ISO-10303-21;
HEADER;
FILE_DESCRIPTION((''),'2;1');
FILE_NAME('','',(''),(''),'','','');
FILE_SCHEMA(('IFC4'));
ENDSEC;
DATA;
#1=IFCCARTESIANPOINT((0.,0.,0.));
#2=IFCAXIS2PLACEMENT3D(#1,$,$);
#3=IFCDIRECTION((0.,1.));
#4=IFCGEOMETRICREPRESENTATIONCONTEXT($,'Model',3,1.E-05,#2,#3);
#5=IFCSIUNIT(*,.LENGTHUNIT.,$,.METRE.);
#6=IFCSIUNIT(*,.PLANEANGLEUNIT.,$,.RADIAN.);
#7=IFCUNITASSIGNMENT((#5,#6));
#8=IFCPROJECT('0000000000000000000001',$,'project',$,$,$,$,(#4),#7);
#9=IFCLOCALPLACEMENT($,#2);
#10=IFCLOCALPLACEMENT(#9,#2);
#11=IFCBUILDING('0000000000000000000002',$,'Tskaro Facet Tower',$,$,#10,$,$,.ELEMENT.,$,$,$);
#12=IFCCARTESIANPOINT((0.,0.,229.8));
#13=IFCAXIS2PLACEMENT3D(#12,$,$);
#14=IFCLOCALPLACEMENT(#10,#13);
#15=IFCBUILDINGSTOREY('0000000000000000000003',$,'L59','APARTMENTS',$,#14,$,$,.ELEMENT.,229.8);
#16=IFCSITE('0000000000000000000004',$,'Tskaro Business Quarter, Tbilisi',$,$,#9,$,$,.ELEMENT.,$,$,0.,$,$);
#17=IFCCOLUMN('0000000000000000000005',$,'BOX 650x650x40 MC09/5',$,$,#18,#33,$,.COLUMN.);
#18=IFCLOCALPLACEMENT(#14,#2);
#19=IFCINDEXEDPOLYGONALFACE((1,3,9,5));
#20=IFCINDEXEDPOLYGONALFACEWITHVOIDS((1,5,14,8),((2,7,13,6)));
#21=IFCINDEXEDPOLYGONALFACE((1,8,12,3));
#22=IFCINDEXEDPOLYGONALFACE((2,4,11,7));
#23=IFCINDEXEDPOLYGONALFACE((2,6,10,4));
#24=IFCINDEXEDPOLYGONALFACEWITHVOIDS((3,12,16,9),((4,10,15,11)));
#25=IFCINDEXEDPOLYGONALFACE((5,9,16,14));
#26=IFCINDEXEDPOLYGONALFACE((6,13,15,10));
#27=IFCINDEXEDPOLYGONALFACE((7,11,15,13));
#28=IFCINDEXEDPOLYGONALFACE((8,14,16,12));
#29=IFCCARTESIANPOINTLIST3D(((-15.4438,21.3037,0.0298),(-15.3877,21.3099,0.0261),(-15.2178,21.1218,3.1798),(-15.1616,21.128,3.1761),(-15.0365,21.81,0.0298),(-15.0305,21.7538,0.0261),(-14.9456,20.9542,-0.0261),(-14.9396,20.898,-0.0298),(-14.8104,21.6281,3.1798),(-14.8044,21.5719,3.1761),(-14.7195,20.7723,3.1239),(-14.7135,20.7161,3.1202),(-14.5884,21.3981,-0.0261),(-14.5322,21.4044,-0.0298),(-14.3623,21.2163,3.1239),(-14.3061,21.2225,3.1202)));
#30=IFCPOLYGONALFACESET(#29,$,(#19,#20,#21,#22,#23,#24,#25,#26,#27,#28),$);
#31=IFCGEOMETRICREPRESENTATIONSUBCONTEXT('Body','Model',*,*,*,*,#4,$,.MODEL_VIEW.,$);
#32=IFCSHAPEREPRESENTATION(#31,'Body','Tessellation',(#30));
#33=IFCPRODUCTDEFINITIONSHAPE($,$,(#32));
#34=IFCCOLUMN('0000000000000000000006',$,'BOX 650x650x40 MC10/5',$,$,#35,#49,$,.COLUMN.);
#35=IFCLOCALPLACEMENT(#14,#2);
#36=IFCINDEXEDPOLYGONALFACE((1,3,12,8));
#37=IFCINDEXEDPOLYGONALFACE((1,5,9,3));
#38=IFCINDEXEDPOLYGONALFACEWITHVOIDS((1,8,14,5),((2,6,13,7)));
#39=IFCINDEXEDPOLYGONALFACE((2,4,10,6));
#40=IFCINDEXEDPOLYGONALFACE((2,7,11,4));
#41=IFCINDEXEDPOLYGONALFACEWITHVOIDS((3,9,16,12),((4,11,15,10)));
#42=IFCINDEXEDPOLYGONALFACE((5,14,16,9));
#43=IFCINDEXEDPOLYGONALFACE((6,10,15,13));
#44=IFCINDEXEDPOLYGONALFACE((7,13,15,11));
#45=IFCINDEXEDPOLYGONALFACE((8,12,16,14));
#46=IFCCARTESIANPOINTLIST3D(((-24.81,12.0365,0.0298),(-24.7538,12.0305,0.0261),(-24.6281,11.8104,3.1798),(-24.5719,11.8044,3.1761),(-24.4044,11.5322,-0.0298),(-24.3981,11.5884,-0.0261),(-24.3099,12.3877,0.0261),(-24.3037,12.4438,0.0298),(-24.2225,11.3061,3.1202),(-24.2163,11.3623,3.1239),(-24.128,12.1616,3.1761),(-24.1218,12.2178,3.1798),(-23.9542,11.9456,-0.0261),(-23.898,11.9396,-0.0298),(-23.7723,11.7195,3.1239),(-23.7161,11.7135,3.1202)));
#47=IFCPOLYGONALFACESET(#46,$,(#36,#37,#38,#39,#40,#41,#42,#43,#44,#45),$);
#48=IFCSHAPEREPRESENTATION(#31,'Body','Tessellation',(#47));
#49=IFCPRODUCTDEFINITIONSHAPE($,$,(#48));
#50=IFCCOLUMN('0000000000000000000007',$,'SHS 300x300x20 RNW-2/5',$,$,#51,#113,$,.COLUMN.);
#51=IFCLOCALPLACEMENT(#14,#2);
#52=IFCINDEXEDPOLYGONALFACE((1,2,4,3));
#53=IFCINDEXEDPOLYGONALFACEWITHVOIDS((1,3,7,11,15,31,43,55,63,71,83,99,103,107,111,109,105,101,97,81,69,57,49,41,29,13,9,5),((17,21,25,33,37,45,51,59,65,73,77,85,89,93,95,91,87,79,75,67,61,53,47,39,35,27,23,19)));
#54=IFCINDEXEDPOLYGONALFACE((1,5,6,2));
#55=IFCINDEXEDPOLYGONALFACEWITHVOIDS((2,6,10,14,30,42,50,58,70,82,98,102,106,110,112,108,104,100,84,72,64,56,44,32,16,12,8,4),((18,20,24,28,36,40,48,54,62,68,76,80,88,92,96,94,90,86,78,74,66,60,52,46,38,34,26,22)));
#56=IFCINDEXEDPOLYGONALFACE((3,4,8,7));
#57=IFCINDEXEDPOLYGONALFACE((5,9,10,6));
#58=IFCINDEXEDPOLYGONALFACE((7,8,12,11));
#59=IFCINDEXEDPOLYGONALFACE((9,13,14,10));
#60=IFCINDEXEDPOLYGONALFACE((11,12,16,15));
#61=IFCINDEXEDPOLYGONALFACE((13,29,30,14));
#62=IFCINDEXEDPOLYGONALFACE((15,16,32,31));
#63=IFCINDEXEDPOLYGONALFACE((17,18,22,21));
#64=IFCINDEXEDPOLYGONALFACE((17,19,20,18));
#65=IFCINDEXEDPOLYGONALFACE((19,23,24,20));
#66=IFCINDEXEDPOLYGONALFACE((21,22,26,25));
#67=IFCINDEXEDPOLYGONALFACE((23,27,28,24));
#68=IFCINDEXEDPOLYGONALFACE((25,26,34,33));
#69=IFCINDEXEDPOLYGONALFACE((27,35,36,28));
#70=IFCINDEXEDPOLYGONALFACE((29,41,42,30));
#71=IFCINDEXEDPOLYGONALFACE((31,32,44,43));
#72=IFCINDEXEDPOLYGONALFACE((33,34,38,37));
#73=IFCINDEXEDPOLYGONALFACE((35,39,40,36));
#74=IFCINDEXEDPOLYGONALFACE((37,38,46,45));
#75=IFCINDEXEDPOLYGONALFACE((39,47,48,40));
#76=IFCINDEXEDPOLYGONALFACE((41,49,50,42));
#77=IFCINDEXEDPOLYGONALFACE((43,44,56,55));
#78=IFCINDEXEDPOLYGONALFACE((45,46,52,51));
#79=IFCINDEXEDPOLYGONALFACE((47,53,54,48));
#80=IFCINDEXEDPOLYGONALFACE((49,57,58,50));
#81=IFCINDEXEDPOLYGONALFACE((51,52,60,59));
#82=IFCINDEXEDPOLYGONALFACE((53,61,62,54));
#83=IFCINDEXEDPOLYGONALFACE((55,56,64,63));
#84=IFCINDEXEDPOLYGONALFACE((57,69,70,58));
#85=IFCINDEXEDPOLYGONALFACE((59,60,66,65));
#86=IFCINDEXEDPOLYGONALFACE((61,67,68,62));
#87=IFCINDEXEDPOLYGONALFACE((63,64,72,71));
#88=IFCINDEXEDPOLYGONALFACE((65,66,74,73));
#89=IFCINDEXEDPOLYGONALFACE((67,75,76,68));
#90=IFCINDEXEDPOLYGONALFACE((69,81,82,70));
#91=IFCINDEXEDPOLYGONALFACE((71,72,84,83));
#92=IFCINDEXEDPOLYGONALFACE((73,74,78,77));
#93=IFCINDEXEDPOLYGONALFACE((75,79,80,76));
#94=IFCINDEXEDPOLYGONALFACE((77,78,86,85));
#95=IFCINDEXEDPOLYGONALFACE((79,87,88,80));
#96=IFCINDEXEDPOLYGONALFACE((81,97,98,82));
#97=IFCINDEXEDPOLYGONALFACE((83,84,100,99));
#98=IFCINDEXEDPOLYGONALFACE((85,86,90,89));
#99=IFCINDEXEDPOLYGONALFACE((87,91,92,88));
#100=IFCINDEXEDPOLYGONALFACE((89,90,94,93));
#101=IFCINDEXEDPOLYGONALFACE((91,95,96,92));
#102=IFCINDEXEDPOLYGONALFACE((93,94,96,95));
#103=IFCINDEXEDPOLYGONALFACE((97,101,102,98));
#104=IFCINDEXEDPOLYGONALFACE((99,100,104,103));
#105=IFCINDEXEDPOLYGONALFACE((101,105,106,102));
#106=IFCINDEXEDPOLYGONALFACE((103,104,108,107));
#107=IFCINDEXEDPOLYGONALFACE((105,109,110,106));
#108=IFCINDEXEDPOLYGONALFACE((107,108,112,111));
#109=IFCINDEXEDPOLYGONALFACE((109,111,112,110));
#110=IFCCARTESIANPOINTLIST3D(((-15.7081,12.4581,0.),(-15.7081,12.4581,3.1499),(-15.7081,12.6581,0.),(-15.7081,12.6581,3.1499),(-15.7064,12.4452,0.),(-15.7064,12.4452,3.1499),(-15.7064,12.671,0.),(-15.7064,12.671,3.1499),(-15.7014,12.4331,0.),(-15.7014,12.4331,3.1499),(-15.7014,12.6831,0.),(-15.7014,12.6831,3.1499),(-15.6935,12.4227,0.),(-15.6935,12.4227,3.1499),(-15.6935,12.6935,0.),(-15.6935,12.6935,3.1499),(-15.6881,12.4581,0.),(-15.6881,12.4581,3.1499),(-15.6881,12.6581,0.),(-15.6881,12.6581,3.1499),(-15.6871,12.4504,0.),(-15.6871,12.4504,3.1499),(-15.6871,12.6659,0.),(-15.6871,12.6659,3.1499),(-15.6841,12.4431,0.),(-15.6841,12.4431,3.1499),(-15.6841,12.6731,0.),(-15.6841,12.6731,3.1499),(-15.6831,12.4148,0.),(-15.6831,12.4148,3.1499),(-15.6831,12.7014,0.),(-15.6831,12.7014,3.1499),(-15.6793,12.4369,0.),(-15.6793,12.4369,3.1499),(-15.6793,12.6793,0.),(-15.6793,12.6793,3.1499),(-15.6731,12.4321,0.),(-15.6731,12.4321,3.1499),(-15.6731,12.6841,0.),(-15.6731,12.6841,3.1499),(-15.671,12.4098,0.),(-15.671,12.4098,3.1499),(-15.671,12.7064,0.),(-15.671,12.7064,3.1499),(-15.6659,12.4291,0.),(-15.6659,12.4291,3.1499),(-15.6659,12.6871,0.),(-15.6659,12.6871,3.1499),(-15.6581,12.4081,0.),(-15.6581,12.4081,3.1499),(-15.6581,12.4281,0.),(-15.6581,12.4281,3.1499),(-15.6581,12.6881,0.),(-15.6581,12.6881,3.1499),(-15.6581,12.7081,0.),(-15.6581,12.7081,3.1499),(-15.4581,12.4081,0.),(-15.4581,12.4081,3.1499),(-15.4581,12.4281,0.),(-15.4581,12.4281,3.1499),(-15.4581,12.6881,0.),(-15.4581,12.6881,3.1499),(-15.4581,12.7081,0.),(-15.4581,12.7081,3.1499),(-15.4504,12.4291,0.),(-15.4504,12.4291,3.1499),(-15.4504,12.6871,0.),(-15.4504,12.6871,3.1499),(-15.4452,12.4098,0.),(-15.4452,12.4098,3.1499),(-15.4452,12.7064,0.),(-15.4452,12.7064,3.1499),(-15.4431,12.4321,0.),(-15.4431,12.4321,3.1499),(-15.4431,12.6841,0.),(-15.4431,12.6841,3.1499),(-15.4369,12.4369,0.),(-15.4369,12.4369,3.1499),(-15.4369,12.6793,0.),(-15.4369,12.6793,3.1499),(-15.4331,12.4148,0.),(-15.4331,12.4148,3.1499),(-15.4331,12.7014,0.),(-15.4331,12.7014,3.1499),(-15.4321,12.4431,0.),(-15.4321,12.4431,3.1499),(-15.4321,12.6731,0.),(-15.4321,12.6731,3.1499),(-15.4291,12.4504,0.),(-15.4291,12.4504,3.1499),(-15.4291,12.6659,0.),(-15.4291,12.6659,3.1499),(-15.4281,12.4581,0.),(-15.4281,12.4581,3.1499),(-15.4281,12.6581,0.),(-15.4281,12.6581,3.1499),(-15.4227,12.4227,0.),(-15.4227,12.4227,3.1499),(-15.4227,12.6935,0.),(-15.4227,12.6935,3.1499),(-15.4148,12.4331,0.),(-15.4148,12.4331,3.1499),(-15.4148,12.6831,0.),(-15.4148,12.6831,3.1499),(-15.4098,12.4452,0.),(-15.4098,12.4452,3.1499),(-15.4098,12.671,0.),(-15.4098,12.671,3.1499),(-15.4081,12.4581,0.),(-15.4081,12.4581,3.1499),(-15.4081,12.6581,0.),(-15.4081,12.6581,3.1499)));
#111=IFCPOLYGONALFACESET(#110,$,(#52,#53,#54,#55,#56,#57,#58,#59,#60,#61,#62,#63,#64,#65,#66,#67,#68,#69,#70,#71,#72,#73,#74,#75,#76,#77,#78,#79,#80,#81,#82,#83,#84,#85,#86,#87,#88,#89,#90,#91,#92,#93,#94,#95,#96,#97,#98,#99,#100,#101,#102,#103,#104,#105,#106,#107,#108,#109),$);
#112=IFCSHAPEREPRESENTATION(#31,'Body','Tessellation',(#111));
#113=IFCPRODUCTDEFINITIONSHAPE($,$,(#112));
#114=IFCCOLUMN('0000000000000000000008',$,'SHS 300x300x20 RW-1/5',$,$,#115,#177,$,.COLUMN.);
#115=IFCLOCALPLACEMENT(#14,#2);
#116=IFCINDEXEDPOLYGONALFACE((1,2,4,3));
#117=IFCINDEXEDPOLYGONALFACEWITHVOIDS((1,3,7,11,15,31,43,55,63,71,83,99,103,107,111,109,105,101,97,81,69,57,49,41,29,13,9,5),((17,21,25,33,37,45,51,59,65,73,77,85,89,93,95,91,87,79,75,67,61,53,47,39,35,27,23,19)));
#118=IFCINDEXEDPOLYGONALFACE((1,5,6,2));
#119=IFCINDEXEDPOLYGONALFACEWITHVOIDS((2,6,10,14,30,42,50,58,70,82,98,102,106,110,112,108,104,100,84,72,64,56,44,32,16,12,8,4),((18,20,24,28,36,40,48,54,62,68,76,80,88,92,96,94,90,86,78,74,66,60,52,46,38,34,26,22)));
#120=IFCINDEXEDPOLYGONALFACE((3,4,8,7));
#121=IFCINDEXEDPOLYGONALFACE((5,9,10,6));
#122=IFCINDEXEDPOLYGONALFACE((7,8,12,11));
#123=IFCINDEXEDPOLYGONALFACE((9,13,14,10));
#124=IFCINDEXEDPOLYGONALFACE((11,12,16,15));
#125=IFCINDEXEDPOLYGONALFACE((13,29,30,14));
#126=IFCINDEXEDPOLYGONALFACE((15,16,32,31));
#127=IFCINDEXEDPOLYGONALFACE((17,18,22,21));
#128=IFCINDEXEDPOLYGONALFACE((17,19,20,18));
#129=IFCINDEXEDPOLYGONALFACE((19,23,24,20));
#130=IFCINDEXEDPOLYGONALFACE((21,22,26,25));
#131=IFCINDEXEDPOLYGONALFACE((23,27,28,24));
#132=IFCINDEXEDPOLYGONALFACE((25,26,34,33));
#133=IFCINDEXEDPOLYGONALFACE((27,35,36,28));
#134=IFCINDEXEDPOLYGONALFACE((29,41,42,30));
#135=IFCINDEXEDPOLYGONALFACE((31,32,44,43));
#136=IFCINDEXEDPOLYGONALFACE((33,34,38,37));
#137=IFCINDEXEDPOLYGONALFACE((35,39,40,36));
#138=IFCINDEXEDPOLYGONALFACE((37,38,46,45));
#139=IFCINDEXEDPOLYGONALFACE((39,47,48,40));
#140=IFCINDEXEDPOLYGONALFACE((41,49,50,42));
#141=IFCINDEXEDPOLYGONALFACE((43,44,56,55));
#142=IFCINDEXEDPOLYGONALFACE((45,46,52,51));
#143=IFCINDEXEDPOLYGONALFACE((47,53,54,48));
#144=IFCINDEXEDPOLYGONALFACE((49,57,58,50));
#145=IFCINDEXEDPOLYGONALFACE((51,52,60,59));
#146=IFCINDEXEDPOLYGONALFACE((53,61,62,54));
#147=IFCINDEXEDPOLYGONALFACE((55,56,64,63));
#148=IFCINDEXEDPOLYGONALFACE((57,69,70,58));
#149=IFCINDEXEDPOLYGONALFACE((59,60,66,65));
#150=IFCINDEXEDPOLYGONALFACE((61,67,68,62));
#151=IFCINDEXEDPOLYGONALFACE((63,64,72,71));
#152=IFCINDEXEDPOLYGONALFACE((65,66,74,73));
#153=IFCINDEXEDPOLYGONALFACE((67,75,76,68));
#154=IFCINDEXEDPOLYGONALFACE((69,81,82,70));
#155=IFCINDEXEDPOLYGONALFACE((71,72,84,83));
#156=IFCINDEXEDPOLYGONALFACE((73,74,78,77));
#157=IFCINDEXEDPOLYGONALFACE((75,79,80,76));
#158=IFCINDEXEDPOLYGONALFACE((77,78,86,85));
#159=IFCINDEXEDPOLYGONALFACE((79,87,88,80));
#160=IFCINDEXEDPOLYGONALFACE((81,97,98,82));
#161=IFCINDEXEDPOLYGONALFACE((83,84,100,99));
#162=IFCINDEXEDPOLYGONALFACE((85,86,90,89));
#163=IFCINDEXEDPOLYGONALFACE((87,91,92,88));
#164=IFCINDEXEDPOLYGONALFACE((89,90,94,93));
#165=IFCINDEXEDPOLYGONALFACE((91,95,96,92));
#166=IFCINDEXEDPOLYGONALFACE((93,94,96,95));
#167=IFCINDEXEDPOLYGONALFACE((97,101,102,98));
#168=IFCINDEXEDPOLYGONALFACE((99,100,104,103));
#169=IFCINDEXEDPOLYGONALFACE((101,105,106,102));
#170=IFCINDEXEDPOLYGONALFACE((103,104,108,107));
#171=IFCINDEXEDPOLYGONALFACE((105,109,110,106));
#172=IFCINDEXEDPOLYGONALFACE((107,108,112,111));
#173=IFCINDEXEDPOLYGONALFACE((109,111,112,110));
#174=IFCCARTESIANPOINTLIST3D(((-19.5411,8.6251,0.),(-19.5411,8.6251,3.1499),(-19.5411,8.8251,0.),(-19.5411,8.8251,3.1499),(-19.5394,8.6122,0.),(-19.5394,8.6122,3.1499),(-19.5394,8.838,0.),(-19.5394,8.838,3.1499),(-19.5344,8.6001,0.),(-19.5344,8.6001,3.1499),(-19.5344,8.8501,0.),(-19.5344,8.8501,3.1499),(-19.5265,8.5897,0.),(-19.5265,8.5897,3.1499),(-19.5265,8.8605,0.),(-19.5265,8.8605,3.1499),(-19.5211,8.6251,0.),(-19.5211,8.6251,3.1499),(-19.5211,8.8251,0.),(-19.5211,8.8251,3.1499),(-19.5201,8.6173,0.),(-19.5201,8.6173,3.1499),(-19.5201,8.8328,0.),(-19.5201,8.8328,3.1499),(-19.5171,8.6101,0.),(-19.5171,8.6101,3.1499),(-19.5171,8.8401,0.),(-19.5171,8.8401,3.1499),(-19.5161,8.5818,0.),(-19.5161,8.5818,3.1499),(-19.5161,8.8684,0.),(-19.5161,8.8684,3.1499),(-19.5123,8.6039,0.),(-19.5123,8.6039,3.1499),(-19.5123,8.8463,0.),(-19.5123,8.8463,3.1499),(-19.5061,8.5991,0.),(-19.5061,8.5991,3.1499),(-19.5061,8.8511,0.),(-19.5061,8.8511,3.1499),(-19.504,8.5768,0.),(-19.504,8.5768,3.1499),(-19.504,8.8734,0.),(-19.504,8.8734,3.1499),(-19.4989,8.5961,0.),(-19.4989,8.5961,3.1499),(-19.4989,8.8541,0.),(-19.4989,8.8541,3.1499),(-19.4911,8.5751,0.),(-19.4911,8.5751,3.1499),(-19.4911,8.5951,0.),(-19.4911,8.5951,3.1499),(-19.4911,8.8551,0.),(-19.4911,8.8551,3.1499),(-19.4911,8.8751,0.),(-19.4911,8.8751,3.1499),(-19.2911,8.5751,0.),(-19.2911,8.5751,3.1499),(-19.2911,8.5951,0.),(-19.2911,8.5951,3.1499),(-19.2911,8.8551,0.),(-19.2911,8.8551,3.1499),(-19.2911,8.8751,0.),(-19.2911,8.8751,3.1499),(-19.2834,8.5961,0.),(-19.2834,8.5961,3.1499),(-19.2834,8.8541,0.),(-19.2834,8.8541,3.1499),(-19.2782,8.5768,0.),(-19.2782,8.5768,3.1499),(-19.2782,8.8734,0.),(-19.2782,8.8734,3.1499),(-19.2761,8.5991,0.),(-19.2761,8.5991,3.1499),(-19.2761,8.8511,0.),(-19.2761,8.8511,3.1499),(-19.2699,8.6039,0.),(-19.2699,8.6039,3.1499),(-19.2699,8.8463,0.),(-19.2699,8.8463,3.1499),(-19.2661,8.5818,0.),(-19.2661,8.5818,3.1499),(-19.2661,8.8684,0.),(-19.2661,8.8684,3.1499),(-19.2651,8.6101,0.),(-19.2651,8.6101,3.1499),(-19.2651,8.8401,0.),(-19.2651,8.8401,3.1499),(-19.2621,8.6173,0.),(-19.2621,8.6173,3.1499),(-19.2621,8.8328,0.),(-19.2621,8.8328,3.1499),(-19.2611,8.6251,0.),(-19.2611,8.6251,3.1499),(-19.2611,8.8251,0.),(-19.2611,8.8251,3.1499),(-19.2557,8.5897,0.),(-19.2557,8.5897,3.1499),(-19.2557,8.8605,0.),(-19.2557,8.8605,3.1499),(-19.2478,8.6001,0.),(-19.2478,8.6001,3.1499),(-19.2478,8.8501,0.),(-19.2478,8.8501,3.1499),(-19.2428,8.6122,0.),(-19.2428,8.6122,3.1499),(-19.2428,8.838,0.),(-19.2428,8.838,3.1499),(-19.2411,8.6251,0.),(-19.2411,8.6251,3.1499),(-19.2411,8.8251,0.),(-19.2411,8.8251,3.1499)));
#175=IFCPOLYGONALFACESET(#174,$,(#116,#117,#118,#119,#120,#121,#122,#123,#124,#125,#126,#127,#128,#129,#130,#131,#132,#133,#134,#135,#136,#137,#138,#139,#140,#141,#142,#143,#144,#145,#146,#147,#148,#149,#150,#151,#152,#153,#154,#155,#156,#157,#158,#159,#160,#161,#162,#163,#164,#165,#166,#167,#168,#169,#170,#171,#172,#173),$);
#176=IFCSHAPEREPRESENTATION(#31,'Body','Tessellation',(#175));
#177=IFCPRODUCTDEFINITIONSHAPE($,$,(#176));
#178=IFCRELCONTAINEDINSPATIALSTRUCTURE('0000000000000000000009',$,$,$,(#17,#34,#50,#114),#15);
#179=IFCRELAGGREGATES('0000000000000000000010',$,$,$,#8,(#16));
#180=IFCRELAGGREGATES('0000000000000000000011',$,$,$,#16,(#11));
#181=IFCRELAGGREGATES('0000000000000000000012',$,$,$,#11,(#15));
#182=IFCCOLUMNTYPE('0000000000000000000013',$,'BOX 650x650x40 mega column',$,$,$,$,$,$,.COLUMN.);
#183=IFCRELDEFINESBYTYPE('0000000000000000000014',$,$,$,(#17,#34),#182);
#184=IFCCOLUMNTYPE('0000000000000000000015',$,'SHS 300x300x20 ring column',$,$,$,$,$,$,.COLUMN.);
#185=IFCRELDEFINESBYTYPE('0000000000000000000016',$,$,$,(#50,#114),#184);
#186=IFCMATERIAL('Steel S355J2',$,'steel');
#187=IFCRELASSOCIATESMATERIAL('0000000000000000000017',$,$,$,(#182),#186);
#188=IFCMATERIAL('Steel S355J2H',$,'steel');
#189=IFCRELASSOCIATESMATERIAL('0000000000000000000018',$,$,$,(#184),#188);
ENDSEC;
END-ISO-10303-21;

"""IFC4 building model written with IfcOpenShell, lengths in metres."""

from ifc_helpers import new_model, si_unit, direction, frame, origin, origin_2d, place, context, subcontext, project, spatial, hollow_rectangle, extrude, material, material_profile, profile_set, type_object, element, save


model = new_model("IFC4")

# Units and contexts
model_context = context("Model", 3, precision=1e-05, world=origin(), true_north=direction((0.0, 1.0)))
body_context = subcontext(model_context, "Body", "Model", "MODEL_VIEW")
ifc_project = project(units=[si_unit("LENGTHUNIT", "METRE"), si_unit("PLANEANGLEUNIT", "RADIAN")], contexts=[model_context])

# Site, building, storey
site_placement = place(None, origin())
site = spatial("IfcSite", under=ifc_project, at=site_placement, Name="Tskaro Business Quarter, Tbilisi", CompositionType="ELEMENT", RefElevation=0.0)
building_placement = place(site_placement, origin())
building = spatial("IfcBuilding", under=site, at=building_placement, Name="Tskaro Facet Tower", CompositionType="ELEMENT")
storey_placement = place(building_placement, frame((0.0, 0.0, 229.8)))
storey = spatial("IfcBuildingStorey", under=building, at=storey_placement, Name="L59", Description="APARTMENTS", CompositionType="ELEMENT", Elevation=229.8)

# Columns
ifc_material_1 = material(Name="Steel S355J2", Category="steel")
ifc_material_profile_1 = material_profile(ifc_material_1, hollow_rectangle(XDim=0.6499, YDim=0.6499, WallThickness=0.04, at=origin_2d()), Name="BOX 650x650x40")
ifc_profile_set_1 = profile_set([ifc_material_profile_1], Name="Steel S355J2")
column_type_1 = type_object("IfcColumnType", Name="BOX 650x650x40 mega column", PredefinedType="COLUMN", material=ifc_profile_set_1)
for number, where, z_axis, x_axis, name in (
    (1, (-14.988, 21.354, 0.0), (0.071469, -0.0575, 0.995784), (0.626847, 0.779142, 0.0), "BOX 650x650x40 MC09/5"),
    (2, (-24.354, 11.988, 0.0), (0.0575, -0.071469, 0.995784), (0.779142, 0.626847, 0.0), "BOX 650x650x40 MC10/5"),
):
    element("IfcColumn", number, at=place(storey_placement, frame(where, z_axis=z_axis, x_axis=x_axis)), inside=storey, type_object=column_type_1, Name=name, PredefinedType="COLUMN", context=body_context, shape_type="SweptSolid", body=[
        extrude(hollow_rectangle(XDim=0.6499, YDim=0.6499, WallThickness=0.04, at=origin_2d()), origin(), (0.0, 0.0, 1.0), 3.1633),
    ])
ifc_material_2 = material(Name="Steel S355J2H", Category="steel")
ifc_material_profile_2 = material_profile(ifc_material_2, hollow_rectangle(XDim=0.3, YDim=0.3, WallThickness=0.02, InnerFilletRadius=0.03, OuterFilletRadius=0.05, at=origin_2d()), Name="SHS 300x300x20")
ifc_profile_set_2 = profile_set([ifc_material_profile_2], Name="Steel S355J2H")
column_type_2 = type_object("IfcColumnType", Name="SHS 300x300x20 ring column", PredefinedType="COLUMN", material=ifc_profile_set_2)
for number, where, z_axis, x_axis, name in (
    (3, (-15.5581, 12.5581, 0.0), (0.0, 0.0, 1.0), (1.0, 0.0, 0.0), "SHS 300x300x20 RNW-2/5"),
    (4, (-19.3911, 8.7251, 0.0), (0.0, 0.0, 1.0), (1.0, 0.0, 0.0), "SHS 300x300x20 RW-1/5"),
):
    element("IfcColumn", number, at=place(storey_placement, frame(where, z_axis=z_axis, x_axis=x_axis)), inside=storey, type_object=column_type_2, Name=name, PredefinedType="COLUMN", context=body_context, shape_type="SweptSolid", body=[
        extrude(hollow_rectangle(XDim=0.3, YDim=0.3, WallThickness=0.02, InnerFilletRadius=0.03, OuterFilletRadius=0.05, at=origin_2d()), origin(), (0.0, 0.0, 1.0), 3.1499),
    ])

save(model, "model.ifc")
